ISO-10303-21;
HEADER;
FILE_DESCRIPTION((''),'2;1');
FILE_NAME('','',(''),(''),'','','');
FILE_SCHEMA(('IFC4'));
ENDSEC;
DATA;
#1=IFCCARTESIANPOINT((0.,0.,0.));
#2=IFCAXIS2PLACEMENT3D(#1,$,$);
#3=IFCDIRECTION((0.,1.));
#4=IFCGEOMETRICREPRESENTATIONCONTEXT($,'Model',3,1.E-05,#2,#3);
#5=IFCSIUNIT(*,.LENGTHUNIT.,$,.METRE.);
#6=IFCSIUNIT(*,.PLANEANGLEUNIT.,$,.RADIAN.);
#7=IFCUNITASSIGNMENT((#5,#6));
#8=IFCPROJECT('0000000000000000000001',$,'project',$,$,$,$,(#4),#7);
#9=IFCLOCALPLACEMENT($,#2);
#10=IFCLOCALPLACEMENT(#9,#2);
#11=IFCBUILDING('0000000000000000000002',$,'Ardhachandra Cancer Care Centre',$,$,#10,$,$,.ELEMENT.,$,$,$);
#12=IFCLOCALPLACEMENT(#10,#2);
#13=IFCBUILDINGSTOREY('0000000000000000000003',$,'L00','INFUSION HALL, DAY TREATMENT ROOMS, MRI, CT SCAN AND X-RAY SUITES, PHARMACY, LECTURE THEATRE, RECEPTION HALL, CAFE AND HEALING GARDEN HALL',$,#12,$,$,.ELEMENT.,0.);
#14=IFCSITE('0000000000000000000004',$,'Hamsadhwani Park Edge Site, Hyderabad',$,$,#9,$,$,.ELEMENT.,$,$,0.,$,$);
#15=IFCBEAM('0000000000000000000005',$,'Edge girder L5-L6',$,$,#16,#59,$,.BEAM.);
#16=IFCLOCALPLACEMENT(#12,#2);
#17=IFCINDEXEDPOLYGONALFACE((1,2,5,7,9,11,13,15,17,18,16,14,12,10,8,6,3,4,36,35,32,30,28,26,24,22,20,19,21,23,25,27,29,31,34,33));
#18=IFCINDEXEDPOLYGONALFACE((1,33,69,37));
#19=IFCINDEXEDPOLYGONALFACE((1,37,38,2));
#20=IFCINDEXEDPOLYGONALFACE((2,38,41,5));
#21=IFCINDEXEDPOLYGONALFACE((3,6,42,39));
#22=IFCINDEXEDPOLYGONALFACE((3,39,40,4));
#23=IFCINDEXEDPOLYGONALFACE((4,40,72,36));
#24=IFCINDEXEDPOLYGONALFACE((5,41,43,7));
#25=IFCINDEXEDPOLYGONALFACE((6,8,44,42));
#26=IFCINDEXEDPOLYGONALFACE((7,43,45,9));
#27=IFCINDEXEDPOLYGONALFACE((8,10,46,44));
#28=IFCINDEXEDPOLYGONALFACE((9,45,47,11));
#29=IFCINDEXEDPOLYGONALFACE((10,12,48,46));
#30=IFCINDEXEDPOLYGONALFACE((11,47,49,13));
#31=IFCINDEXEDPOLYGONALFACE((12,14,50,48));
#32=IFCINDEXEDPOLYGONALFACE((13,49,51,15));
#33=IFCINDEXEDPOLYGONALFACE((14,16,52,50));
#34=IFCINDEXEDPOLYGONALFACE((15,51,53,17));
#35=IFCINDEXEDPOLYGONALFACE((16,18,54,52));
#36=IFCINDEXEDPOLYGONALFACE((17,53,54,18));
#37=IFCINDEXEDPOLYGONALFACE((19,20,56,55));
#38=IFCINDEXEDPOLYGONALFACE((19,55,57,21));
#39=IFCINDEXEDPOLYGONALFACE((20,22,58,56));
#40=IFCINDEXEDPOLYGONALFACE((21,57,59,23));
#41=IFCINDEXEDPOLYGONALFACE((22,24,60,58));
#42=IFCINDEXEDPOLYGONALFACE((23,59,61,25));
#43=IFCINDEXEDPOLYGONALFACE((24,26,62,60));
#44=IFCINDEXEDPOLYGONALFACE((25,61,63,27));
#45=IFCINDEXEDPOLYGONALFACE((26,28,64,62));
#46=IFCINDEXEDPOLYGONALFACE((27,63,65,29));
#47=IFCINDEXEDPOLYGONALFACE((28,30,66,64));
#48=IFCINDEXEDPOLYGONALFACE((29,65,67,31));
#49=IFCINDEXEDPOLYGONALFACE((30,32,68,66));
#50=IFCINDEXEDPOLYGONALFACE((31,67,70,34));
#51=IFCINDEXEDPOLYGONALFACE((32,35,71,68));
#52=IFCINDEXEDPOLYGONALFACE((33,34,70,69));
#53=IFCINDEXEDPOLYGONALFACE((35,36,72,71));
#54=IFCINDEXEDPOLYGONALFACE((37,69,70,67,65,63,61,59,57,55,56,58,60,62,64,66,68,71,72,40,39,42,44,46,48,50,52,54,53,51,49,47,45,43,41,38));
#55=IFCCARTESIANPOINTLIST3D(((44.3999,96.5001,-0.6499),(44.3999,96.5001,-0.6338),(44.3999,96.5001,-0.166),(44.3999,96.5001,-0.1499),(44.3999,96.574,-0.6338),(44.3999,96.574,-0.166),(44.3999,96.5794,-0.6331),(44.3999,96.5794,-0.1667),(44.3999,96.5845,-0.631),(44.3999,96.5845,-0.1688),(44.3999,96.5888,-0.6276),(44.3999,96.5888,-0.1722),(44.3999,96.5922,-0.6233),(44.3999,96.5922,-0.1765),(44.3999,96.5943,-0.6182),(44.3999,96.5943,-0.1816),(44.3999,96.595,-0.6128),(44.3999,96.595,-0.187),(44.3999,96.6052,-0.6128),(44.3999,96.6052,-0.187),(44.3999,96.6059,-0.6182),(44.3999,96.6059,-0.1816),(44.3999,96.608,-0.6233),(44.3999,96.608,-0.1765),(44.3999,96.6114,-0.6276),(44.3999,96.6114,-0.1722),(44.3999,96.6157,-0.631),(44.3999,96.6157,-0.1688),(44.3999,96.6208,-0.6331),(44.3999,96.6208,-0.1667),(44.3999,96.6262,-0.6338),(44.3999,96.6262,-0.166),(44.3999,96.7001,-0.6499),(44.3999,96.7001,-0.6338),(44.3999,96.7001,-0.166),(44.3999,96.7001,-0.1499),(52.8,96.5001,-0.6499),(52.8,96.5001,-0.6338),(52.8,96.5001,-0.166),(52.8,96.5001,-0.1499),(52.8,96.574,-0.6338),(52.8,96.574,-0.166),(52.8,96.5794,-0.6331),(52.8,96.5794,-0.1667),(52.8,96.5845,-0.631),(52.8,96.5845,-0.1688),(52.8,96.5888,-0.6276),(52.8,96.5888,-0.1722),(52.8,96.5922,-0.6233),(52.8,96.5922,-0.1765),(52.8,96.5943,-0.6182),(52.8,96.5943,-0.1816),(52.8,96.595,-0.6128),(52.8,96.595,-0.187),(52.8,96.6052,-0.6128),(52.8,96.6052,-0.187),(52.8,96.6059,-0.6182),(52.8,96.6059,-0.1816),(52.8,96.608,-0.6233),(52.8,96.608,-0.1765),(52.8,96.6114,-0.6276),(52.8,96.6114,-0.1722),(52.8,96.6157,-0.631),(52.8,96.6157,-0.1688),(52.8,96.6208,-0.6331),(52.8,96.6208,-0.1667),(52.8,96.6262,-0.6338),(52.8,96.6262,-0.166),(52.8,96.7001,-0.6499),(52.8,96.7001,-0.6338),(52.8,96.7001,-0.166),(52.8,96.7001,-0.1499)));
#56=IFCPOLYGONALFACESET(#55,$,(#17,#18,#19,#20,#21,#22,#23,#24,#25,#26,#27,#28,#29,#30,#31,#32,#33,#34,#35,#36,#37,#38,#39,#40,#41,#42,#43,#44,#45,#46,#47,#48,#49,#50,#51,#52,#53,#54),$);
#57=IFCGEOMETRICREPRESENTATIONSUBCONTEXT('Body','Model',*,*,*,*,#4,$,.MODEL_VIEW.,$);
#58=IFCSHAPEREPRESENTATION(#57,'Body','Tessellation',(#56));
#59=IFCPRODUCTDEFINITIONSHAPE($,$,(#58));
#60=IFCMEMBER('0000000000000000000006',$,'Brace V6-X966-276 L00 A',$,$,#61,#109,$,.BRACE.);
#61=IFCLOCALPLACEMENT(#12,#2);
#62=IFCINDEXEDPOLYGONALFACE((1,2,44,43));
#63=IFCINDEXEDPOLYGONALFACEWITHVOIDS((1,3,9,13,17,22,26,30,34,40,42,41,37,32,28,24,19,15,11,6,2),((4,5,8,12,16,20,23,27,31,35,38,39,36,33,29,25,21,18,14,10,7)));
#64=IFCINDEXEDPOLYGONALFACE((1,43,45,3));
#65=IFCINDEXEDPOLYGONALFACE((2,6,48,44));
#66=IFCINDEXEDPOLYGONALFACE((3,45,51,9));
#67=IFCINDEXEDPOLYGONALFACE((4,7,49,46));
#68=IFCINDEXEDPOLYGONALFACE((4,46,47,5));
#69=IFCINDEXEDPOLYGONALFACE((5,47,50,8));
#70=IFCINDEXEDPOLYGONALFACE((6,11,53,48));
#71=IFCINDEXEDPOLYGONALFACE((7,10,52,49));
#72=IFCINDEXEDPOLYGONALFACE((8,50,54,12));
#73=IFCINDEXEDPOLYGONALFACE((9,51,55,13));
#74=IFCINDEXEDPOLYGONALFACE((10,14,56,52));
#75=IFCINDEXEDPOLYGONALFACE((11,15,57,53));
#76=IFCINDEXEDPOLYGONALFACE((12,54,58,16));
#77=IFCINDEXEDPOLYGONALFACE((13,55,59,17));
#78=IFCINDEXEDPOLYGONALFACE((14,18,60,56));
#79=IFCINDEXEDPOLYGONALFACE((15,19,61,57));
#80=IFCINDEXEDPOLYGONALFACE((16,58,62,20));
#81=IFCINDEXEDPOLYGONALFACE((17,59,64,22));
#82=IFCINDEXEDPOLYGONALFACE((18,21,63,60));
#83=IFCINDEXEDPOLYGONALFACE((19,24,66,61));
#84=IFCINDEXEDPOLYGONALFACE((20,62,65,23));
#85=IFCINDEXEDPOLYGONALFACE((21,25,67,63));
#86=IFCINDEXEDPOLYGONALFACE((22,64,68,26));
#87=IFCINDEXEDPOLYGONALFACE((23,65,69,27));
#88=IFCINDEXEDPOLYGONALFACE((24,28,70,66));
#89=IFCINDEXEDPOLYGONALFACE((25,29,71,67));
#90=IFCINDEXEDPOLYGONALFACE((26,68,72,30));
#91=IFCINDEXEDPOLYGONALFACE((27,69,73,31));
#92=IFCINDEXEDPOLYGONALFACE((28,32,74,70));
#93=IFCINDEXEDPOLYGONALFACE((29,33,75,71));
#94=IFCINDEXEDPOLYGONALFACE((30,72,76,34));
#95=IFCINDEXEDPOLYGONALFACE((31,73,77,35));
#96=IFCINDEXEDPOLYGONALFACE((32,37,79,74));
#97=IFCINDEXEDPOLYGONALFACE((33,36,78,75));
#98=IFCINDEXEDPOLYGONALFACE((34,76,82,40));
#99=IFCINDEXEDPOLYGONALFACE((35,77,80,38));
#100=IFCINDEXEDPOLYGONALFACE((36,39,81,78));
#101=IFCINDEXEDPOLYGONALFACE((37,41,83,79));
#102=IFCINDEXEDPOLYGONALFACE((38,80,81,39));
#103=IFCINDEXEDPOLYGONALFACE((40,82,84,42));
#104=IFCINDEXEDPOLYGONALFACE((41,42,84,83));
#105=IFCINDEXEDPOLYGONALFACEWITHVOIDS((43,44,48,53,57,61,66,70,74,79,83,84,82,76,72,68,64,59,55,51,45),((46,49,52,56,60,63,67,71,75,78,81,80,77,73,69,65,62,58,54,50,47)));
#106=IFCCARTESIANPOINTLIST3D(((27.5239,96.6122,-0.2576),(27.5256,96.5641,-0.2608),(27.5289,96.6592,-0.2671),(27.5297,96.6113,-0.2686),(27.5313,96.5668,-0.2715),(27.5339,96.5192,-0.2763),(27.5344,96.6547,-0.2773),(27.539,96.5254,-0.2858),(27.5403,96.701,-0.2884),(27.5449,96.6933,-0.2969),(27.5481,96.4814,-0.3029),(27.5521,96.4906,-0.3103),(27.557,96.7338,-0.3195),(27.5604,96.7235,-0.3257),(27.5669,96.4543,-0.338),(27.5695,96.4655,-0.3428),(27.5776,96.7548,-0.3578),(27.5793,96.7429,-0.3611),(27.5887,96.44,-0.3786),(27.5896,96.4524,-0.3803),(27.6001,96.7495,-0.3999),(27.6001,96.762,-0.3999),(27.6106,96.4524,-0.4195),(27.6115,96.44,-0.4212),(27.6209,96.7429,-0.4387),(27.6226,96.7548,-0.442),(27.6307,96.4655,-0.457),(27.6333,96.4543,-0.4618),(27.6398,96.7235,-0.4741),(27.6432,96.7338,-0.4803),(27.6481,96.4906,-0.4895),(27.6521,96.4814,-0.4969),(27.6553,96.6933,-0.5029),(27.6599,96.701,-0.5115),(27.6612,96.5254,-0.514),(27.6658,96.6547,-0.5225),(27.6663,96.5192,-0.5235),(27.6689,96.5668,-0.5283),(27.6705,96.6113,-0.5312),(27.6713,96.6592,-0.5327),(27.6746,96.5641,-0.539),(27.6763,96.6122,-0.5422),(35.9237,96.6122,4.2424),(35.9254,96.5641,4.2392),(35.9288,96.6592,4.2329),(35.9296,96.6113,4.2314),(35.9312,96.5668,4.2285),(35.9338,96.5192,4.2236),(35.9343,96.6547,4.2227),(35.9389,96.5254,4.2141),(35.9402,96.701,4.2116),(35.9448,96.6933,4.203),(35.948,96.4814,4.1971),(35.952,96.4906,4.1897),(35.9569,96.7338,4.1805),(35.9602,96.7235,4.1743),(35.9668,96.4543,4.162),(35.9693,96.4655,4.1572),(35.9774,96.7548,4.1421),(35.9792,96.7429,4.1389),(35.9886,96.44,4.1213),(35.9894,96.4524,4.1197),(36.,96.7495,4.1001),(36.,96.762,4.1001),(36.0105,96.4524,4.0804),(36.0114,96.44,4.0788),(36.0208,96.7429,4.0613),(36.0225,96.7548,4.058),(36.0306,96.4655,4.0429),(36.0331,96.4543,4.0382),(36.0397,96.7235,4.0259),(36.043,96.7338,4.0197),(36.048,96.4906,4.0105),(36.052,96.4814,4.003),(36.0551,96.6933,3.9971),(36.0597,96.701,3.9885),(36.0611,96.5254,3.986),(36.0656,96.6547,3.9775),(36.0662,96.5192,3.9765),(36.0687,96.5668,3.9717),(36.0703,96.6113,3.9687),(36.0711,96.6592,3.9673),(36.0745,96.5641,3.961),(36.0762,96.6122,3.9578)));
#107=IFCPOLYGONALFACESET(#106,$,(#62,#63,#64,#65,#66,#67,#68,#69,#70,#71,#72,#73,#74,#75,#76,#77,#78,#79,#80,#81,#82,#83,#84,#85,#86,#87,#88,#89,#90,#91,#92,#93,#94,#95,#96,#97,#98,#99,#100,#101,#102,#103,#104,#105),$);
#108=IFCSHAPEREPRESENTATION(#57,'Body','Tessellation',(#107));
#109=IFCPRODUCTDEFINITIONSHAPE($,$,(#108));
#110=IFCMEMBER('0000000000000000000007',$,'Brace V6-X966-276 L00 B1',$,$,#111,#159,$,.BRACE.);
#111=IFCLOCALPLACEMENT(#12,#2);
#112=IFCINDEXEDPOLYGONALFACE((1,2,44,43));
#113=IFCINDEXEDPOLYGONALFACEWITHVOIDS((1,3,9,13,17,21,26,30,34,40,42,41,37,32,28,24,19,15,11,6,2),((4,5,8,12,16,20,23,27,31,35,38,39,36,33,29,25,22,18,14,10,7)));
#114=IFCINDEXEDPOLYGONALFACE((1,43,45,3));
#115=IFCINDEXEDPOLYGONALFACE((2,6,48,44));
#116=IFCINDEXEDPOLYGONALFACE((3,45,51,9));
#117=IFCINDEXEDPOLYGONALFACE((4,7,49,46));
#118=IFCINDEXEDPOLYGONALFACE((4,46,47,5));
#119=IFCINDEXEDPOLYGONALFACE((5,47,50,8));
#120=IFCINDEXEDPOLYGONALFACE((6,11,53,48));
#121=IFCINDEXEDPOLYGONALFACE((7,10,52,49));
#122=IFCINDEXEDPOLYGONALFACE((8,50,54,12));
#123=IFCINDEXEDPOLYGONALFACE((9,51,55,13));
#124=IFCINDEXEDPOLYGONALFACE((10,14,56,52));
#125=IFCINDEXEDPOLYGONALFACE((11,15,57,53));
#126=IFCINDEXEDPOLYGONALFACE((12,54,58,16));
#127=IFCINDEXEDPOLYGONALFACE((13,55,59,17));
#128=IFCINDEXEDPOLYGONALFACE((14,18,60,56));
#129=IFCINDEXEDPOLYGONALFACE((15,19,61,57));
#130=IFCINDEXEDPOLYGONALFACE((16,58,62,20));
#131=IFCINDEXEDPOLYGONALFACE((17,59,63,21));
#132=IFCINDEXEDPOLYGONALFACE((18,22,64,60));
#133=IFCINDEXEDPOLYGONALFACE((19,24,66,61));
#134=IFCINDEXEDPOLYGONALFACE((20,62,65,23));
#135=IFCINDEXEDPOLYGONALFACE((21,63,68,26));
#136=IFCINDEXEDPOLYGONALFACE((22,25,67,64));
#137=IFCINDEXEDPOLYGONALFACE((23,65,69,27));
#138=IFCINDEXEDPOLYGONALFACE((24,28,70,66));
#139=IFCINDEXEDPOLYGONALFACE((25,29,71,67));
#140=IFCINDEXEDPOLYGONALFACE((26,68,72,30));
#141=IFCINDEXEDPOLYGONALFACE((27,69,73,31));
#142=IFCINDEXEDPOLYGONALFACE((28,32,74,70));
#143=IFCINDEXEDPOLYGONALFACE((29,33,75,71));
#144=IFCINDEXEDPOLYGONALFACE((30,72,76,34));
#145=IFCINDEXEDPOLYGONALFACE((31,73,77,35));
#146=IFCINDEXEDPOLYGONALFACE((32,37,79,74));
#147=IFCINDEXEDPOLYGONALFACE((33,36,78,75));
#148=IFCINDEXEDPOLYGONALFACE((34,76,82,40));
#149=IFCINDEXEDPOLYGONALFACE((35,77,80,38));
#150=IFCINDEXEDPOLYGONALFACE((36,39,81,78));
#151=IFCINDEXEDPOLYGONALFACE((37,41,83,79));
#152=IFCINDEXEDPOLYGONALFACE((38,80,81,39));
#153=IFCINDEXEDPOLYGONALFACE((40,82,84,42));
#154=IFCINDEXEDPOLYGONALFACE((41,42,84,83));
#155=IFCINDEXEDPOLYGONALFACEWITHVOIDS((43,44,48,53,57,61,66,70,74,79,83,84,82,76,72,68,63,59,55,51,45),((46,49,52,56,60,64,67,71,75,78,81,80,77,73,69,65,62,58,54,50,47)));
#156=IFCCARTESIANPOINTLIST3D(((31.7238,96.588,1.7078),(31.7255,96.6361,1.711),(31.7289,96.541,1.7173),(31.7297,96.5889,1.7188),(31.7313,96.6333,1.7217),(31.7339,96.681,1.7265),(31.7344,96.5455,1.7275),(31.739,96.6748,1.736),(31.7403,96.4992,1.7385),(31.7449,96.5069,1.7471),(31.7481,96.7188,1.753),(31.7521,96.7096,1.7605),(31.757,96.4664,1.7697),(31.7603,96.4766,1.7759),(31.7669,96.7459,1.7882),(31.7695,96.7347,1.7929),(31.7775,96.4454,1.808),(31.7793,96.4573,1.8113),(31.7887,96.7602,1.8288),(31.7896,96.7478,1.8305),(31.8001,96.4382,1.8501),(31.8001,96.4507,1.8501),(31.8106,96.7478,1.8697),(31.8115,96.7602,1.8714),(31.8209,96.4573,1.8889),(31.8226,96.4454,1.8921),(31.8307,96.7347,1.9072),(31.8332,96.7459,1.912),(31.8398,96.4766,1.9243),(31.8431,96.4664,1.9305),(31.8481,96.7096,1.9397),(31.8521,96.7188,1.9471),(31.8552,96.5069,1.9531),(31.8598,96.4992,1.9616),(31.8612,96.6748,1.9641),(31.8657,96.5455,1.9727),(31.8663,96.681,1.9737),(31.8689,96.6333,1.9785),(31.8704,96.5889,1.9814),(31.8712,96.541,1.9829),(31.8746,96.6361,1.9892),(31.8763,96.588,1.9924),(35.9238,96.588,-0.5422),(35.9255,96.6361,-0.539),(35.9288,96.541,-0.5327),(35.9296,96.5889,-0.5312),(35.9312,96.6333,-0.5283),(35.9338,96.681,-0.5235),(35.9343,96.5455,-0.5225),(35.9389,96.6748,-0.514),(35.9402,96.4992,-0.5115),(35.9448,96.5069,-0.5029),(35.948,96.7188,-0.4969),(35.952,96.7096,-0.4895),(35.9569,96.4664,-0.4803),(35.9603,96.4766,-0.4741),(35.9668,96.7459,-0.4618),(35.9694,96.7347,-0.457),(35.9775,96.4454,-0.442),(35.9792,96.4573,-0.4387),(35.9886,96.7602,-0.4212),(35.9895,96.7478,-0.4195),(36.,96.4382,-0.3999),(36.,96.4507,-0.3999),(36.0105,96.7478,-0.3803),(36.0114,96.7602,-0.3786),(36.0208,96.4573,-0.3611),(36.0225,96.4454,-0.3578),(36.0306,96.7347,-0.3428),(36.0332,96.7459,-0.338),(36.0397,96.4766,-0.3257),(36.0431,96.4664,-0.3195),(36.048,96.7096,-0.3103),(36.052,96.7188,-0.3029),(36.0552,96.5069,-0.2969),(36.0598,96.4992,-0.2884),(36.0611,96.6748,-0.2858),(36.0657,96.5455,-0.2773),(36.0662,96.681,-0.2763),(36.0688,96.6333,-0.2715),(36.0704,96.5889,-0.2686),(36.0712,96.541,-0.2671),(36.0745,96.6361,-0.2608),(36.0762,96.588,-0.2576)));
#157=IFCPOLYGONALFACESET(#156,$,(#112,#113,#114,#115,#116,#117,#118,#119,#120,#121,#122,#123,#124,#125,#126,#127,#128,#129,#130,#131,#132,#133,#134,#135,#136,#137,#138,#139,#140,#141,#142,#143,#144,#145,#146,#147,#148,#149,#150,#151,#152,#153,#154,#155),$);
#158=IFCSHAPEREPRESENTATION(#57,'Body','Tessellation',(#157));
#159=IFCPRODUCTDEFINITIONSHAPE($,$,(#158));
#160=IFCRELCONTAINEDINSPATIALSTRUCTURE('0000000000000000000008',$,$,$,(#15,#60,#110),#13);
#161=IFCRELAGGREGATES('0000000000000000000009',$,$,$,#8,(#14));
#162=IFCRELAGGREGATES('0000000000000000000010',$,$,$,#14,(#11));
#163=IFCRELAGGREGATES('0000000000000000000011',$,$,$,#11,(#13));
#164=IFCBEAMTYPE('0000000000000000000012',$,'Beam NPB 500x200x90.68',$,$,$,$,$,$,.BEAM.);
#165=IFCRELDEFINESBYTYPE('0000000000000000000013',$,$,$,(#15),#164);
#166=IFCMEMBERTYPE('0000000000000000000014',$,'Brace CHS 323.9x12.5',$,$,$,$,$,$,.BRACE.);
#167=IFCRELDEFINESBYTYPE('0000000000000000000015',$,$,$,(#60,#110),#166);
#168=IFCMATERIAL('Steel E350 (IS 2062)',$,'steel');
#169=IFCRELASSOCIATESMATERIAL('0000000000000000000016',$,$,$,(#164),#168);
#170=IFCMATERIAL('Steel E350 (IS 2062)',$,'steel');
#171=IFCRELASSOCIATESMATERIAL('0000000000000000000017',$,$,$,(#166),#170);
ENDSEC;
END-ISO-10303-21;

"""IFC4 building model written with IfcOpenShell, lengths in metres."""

from ifc_helpers import new_model, si_unit, direction, frame, origin, origin_2d, place, context, subcontext, project, spatial, hollow_circle, i_section, extrude, material, material_profile, profile_set, type_object, element, save


model = new_model("IFC4")

# Units and contexts
model_context = context("Model", 3, precision=1e-05, world=origin(), true_north=direction((0.0, 1.0)))
body_context = subcontext(model_context, "Body", "Model", "MODEL_VIEW")
ifc_project = project(units=[si_unit("LENGTHUNIT", "METRE"), si_unit("PLANEANGLEUNIT", "RADIAN")], contexts=[model_context])

# Site, building, storey
site_placement = place(None, origin())
site = spatial("IfcSite", under=ifc_project, at=site_placement, Name="Hamsadhwani Park Edge Site, Hyderabad", CompositionType="ELEMENT", RefElevation=0.0)
building_placement = place(site_placement, origin())
building = spatial("IfcBuilding", under=site, at=building_placement, Name="Ardhachandra Cancer Care Centre", CompositionType="ELEMENT")
storey_placement = place(building_placement, origin())
storey = spatial("IfcBuildingStorey", under=building, at=storey_placement, Name="L00", Description="INFUSION HALL, DAY TREATMENT ROOMS, MRI, CT SCAN AND X-RAY SUITES, PHARMACY, LECTURE THEATRE, RECEPTION HALL, CAFE AND HEALING GARDEN HALL", CompositionType="ELEMENT", Elevation=0.0)

# Beam
ifc_material_1 = material(Name="Steel E350 (IS 2062)", Category="steel")
ifc_material_profile_1 = material_profile(ifc_material_1, i_section(OverallWidth=0.2, OverallDepth=0.5, WebThickness=0.0103, FlangeThickness=0.0161, FilletRadius=0.021, at=origin_2d()), Name="NPB 500x200x90.68")
ifc_profile_set_1 = profile_set([ifc_material_profile_1], Name="Steel E350 (IS 2062)")
beam_type = type_object("IfcBeamType", Name="Beam NPB 500x200x90.68", PredefinedType="BEAM", material=ifc_profile_set_1)
beam_placement = place(storey_placement, frame((44.3999, 96.6001, -0.3999), z_axis=(1.0, 0.0, 0.0), x_axis=(0.0, 1.0, 0.0)))
element("IfcBeam", 1, at=beam_placement, inside=storey, type_object=beam_type, Name="Edge girder L5-L6", PredefinedType="BEAM", context=body_context, shape_type="SweptSolid", body=[
    extrude(i_section(OverallWidth=0.2, OverallDepth=0.5, WebThickness=0.0103, FlangeThickness=0.0161, FilletRadius=0.021, at=origin_2d()), origin(), (0.0, 0.0, 1.0), 8.4001),
])

# Members
ifc_material_2 = material(Name="Steel E350 (IS 2062)", Category="steel")
ifc_material_profile_2 = material_profile(ifc_material_2, hollow_circle(Radius=0.1619, WallThickness=0.0125, at=origin_2d()), Name="CHS 323.9x12.5")
ifc_profile_set_2 = profile_set([ifc_material_profile_2], Name="Steel E350 (IS 2062)")
member_type_1 = type_object("IfcMemberType", Name="Brace CHS 323.9x12.5", PredefinedType="BRACE", material=ifc_profile_set_2)
member_1_placement = place(storey_placement, frame((27.6001, 96.6001, -0.3999), z_axis=(0.881478, 0.0, 0.472226), x_axis=(0.0, 1.0, 0.0)))
element("IfcMember", 2, at=member_1_placement, inside=storey, type_object=member_type_1, Name="Brace V6-X966-276 L00 A", PredefinedType="BRACE", context=body_context, shape_type="SweptSolid", body=[
    extrude(hollow_circle(Radius=0.1619, WallThickness=0.0125, at=origin_2d()), origin(), (0.0, 0.0, 1.0), 9.5293),
])
for number, where, z_axis, x_axis, name in (
    (3, (36.0, 96.6001, -0.3999), (-0.881478, 0.0, 0.472226), (0.0, -1.0, 0.0), "Brace V6-X966-276 L00 B1"),
):
    element("IfcMember", number, at=place(storey_placement, frame(where, z_axis=z_axis, x_axis=x_axis)), inside=storey, type_object=member_type_1, Name=name, PredefinedType="BRACE", context=body_context, shape_type="SweptSolid", body=[
        extrude(hollow_circle(Radius=0.1619, WallThickness=0.0125, at=origin_2d()), origin(), (0.0, 0.0, 1.0), 4.7646),
    ])

save(model, "model.ifc")
